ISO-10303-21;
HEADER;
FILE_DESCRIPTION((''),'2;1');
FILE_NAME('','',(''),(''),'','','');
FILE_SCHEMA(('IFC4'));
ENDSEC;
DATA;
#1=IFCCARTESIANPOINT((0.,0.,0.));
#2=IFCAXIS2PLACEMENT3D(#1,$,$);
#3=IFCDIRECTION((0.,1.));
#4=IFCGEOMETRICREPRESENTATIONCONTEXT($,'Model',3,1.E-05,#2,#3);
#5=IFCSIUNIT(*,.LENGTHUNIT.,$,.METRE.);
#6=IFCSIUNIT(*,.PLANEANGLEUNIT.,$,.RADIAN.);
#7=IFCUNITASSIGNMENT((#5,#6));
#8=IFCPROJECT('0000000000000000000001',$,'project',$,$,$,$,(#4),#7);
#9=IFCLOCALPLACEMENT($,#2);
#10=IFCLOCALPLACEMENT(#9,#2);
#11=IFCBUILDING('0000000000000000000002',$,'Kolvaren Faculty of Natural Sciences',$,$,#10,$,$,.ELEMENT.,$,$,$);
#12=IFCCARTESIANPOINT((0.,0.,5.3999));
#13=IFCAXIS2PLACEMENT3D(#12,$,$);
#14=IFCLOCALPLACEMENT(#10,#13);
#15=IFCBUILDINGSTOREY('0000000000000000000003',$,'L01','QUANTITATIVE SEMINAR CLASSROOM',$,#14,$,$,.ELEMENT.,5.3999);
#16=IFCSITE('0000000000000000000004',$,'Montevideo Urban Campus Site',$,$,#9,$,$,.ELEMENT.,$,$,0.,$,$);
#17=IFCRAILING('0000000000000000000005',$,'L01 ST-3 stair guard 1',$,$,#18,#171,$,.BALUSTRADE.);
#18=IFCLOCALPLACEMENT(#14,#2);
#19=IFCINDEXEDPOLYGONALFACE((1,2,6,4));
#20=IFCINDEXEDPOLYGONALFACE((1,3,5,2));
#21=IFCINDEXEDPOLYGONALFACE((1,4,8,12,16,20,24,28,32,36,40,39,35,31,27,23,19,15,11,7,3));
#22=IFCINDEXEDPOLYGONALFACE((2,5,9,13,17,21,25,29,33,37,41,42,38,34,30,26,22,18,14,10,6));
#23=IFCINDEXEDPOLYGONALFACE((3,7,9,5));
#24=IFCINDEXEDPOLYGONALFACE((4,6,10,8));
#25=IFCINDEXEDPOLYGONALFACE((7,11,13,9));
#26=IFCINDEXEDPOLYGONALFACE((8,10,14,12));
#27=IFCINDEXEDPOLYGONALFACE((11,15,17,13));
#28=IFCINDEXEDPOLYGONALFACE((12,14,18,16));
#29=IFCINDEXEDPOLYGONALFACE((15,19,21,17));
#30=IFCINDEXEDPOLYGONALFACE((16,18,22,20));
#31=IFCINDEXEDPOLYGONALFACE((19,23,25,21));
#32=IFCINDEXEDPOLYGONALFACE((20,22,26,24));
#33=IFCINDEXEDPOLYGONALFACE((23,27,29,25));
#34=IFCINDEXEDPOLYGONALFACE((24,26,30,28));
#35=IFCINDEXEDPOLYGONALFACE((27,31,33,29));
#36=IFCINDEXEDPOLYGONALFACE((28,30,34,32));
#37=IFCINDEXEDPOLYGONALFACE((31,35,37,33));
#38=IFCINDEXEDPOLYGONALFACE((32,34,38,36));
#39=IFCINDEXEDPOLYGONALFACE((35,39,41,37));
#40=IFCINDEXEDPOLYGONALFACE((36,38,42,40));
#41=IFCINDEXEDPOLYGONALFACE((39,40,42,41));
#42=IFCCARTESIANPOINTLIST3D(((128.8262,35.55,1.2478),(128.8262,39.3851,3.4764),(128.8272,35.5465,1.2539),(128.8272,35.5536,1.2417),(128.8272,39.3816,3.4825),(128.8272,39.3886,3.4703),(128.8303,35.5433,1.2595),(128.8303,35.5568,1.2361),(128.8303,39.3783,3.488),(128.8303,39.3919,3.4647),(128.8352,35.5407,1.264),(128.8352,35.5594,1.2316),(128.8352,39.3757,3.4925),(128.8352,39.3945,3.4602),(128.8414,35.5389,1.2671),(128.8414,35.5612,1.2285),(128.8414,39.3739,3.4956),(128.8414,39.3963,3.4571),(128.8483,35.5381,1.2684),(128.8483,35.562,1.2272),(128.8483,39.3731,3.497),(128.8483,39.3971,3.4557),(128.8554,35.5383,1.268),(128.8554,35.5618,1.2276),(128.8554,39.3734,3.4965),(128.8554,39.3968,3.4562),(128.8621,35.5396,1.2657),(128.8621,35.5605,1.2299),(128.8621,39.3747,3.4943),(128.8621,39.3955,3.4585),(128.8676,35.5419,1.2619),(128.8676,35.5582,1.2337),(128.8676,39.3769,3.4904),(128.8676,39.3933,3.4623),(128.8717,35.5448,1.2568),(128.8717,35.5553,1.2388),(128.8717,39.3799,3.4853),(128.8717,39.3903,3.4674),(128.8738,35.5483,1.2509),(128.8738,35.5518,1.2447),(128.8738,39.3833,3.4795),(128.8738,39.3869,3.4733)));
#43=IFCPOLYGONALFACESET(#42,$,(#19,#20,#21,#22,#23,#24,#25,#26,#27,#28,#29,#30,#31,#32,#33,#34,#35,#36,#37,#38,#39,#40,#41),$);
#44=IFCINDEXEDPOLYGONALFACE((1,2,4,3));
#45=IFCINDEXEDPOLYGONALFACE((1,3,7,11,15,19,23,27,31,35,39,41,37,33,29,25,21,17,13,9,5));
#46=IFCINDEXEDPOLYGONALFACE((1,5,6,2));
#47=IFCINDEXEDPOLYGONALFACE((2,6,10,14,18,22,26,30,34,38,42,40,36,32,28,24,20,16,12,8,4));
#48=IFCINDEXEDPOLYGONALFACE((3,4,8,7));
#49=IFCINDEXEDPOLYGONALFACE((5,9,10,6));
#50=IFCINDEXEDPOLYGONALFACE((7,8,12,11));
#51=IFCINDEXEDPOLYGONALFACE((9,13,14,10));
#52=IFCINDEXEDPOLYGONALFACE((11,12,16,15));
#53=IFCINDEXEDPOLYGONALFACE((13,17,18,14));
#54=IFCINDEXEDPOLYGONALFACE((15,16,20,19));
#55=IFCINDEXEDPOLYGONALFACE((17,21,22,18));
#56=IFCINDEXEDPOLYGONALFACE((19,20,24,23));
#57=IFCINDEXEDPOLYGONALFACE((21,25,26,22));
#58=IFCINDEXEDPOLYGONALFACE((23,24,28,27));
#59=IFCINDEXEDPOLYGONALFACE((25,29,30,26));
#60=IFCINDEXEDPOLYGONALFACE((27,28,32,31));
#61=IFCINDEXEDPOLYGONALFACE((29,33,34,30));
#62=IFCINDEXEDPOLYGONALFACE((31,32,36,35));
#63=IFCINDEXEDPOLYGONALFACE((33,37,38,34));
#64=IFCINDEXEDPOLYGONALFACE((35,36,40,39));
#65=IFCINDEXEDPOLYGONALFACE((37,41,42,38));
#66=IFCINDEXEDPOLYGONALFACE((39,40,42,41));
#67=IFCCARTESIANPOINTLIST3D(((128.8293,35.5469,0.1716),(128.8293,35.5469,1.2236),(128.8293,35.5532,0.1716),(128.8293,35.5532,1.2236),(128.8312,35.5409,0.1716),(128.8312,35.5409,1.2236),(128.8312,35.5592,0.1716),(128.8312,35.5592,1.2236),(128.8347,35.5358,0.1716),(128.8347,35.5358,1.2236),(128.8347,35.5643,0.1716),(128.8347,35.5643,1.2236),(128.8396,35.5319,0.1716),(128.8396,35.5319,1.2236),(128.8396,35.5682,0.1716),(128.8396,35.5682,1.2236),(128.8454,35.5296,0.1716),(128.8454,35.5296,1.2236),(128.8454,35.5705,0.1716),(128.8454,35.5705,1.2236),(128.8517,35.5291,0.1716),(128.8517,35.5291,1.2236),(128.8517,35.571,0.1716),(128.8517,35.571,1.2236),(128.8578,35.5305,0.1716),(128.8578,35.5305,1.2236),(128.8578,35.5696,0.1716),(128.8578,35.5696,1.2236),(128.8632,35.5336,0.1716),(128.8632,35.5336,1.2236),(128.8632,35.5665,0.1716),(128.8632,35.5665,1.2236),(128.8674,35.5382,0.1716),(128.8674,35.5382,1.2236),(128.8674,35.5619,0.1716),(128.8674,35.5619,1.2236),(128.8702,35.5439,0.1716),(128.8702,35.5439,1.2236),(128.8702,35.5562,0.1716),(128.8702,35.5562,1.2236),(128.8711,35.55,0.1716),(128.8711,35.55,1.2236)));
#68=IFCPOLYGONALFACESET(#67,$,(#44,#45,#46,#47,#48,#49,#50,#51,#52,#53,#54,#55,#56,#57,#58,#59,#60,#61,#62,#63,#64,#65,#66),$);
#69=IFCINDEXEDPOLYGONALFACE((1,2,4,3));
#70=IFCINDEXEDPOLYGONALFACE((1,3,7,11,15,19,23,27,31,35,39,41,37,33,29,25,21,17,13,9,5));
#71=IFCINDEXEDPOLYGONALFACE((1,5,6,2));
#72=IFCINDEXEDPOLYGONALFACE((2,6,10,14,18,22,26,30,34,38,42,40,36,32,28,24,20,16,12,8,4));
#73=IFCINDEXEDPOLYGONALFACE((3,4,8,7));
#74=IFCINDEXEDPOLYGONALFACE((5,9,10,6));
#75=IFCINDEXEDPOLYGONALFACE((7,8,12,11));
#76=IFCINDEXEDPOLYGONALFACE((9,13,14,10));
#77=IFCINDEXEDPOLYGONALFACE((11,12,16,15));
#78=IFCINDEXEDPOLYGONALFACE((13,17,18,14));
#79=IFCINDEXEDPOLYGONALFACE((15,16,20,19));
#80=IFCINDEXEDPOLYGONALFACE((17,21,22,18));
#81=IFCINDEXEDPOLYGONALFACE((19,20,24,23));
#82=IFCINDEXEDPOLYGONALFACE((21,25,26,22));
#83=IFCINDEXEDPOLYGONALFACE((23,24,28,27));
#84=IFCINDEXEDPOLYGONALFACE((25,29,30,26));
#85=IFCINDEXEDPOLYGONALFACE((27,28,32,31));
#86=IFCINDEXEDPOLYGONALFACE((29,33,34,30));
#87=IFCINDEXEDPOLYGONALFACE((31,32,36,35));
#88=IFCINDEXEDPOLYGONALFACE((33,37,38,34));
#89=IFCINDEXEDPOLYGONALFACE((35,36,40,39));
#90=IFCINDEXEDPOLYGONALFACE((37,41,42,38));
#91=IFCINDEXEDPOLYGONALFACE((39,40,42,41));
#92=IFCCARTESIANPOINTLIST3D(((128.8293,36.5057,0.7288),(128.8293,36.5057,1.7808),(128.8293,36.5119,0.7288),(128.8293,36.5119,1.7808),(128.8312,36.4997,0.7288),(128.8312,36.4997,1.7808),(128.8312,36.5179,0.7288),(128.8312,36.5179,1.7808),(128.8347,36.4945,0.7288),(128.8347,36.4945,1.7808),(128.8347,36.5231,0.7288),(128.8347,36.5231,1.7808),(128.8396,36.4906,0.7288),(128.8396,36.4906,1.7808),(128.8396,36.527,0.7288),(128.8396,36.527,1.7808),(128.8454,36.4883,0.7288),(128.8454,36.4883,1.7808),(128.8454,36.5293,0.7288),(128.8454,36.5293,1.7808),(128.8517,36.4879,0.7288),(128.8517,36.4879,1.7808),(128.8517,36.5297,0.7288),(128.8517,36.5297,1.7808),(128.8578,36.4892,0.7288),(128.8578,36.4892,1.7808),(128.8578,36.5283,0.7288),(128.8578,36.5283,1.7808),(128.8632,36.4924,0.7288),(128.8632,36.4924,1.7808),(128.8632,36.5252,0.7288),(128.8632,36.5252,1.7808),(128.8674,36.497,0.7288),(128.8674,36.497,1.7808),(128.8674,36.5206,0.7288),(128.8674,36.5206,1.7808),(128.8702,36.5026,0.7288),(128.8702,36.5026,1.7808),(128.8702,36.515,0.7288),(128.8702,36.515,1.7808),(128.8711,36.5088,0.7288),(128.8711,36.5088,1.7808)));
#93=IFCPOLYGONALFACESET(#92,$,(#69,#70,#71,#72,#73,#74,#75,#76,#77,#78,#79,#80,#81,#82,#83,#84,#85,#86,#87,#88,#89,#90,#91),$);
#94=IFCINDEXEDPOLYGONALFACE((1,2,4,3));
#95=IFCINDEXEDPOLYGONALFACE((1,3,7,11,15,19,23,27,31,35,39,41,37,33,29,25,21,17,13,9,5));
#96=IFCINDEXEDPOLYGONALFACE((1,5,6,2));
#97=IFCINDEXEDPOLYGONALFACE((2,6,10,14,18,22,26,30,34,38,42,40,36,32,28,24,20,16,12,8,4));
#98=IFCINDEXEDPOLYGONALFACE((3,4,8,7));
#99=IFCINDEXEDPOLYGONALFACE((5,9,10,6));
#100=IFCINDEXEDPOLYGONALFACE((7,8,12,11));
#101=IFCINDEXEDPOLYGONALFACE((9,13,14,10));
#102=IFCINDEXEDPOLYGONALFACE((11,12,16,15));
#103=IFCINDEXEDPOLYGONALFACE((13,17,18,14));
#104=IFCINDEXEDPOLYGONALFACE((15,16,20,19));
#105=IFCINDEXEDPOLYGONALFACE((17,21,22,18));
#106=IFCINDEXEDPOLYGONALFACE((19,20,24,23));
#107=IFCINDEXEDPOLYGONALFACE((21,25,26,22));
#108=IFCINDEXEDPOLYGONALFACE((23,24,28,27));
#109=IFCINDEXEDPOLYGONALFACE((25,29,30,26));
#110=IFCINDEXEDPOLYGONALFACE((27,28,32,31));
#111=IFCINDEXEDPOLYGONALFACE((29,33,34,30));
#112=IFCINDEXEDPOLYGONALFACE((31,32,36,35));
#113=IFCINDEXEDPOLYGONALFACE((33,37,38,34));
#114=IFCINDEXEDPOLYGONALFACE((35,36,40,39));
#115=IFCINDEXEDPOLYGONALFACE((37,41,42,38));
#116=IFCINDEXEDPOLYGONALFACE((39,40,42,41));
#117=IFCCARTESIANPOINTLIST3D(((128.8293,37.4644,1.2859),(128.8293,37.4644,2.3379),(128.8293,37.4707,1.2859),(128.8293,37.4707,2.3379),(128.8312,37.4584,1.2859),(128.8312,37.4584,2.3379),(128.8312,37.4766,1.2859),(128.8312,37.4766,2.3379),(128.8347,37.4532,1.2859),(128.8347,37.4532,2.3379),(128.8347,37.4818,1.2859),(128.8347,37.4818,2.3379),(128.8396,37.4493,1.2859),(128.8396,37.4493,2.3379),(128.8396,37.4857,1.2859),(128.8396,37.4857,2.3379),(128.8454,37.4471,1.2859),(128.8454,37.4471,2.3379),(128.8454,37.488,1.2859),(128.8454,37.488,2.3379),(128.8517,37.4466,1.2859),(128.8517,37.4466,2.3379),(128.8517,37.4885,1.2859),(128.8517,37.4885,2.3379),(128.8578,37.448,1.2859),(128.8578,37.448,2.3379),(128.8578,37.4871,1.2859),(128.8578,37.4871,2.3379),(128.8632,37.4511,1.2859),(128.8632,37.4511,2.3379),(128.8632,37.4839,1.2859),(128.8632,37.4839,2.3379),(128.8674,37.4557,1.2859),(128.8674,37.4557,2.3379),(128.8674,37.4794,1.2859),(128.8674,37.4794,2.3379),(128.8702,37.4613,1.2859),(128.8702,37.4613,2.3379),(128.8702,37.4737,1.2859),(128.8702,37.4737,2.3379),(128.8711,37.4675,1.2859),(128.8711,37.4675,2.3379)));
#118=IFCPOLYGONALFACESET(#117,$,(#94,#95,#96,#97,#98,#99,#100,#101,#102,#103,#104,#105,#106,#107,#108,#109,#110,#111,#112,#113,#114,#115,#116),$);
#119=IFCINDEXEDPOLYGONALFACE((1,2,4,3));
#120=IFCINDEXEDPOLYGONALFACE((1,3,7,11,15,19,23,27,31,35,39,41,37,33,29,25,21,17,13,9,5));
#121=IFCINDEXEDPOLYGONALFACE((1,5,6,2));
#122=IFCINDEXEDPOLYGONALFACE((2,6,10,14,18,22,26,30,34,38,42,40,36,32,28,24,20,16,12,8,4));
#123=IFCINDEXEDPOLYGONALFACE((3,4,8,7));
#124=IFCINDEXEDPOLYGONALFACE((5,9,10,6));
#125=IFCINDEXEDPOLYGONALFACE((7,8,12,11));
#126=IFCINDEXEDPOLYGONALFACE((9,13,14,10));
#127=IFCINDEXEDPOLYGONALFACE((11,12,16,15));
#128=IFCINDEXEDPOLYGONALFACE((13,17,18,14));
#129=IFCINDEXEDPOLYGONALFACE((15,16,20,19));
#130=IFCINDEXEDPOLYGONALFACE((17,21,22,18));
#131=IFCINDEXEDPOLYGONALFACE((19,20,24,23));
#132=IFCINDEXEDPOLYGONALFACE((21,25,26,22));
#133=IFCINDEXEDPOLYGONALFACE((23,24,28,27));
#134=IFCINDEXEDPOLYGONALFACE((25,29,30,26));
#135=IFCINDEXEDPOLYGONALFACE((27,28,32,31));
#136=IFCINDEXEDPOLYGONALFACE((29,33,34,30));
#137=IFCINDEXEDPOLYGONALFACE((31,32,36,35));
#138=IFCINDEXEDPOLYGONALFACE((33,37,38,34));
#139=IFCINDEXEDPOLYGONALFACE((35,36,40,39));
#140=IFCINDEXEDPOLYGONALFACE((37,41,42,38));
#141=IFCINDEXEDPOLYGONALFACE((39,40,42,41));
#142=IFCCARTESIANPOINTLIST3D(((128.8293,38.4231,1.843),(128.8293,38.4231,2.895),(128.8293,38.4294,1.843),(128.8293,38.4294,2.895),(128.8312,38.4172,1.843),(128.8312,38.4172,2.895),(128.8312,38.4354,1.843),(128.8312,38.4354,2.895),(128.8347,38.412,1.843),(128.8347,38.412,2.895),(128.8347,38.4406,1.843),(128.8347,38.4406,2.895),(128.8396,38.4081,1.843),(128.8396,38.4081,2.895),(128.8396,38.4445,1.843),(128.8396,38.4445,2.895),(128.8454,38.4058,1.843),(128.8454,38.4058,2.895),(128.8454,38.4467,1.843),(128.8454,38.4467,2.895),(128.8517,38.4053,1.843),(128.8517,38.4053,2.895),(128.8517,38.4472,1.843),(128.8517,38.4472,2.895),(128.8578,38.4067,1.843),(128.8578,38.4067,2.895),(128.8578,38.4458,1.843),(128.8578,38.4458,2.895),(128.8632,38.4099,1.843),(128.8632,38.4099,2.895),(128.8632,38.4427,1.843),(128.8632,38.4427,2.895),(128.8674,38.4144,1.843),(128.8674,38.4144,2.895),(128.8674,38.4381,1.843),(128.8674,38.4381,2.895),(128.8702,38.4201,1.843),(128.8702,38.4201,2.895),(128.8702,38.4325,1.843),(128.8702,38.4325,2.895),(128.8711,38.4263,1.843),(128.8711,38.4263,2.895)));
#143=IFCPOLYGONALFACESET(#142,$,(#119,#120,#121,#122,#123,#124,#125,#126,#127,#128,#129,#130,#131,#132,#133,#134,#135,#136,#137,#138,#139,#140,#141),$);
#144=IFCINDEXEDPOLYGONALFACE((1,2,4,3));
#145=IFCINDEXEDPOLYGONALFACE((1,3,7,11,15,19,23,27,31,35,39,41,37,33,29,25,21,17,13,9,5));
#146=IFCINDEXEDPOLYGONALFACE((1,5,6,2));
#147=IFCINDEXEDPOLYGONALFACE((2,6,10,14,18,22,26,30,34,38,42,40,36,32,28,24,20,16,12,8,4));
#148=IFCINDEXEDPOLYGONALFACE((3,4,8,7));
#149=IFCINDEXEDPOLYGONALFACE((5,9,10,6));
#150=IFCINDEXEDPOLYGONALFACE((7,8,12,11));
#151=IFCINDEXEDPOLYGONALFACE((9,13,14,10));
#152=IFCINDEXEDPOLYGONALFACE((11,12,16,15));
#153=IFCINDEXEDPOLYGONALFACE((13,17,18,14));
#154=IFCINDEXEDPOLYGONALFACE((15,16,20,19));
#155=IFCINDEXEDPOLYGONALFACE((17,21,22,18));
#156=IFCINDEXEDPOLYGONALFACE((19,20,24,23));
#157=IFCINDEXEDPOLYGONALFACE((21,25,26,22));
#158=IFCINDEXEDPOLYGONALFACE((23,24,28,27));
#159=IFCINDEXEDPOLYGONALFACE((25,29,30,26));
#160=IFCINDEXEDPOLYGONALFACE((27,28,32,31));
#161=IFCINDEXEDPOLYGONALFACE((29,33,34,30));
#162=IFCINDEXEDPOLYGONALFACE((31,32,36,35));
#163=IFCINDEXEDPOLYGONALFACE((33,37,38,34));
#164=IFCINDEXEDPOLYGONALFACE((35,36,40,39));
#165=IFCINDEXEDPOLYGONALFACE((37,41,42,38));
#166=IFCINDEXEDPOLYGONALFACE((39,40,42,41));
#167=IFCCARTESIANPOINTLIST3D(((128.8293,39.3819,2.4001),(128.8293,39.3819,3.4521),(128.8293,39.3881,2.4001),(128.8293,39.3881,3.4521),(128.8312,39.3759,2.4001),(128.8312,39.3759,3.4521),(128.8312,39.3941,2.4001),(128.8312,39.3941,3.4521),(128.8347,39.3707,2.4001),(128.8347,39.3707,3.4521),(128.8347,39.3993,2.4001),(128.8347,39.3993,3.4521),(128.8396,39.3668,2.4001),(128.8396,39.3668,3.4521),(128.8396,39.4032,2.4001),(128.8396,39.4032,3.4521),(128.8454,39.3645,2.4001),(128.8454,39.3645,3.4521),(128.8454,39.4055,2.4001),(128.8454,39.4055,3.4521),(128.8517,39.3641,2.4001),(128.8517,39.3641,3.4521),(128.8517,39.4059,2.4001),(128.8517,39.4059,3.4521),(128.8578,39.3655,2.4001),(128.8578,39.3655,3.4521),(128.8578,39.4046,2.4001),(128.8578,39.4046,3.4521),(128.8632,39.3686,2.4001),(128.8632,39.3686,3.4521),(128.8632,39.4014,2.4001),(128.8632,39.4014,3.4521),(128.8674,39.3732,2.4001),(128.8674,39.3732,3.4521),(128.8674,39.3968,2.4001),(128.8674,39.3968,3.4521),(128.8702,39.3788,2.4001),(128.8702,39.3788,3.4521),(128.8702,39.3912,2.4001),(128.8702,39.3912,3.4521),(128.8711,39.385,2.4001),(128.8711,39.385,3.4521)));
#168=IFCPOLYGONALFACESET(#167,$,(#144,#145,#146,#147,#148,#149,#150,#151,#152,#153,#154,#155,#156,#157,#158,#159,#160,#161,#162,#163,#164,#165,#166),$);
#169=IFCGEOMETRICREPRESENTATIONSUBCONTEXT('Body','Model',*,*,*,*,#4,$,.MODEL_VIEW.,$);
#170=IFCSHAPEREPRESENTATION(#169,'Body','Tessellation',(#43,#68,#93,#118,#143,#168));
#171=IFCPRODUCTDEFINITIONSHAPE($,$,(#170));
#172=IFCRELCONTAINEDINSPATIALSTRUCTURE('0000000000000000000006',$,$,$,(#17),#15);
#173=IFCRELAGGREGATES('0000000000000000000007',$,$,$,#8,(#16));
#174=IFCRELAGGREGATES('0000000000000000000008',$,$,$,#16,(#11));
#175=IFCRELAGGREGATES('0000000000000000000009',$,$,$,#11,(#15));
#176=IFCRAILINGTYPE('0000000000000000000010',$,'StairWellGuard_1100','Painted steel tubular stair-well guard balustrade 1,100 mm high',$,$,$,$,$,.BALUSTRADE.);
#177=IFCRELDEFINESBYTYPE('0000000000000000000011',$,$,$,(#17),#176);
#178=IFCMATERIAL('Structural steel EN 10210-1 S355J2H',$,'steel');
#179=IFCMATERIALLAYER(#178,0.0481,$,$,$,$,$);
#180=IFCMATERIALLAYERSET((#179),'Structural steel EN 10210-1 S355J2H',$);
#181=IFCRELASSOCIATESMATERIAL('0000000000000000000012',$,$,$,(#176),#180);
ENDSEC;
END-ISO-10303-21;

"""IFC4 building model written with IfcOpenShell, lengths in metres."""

from ifc_helpers import new_model, si_unit, direction, frame, origin, origin_2d, place, context, subcontext, project, spatial, circle, extrude, material, layer, layer_set, type_object, element, save


model = new_model("IFC4")

# Units and contexts
model_context = context("Model", 3, precision=1e-05, world=origin(), true_north=direction((0.0, 1.0)))
body_context = subcontext(model_context, "Body", "Model", "MODEL_VIEW")
ifc_project = project(units=[si_unit("LENGTHUNIT", "METRE"), si_unit("PLANEANGLEUNIT", "RADIAN")], contexts=[model_context])

# Site, building, storey
site_placement = place(None, origin())
site = spatial("IfcSite", under=ifc_project, at=site_placement, Name="Montevideo Urban Campus Site", CompositionType="ELEMENT", RefElevation=0.0)
building_placement = place(site_placement, origin())
building = spatial("IfcBuilding", under=site, at=building_placement, Name="Kolvaren Faculty of Natural Sciences", CompositionType="ELEMENT")
storey_placement = place(building_placement, frame((0.0, 0.0, 5.3999)))
storey = spatial("IfcBuildingStorey", under=building, at=storey_placement, Name="L01", Description="QUANTITATIVE SEMINAR CLASSROOM", CompositionType="ELEMENT", Elevation=5.3999)

# Railing
ifc_material_1 = material(Name="Structural steel EN 10210-1 S355J2H", Category="steel")
ifc_layer_1 = layer(ifc_material_1, 0.0481)
ifc_layer_set_1 = layer_set([ifc_layer_1], Name="Structural steel EN 10210-1 S355J2H")
railing_type_1 = type_object("IfcRailingType", Name="StairWellGuard_1100", Description="Painted steel tubular stair-well guard balustrade 1,100 mm high", PredefinedType="BALUSTRADE", material=ifc_layer_set_1)
railing_1_placement = place(storey_placement, frame((128.8501, 35.55, 0.1716)))
element("IfcRailing", 1, at=railing_1_placement, inside=storey, type_object=railing_type_1, Name="L01 ST-3 stair guard 1", PredefinedType="BALUSTRADE", context=body_context, shape_type="SweptSolid", body=[
    extrude(circle(Radius=0.0239, at=origin_2d()), frame((0.0, 0.0, 1.0762), z_axis=(0.0, 0.864616, 0.502433), x_axis=(-1.0, 0.0, 0.0)), (0.0, 0.0, 1.0), 4.4355),
    extrude(circle(Radius=0.021, at=origin_2d()), origin(), (0.0, 0.0, 1.0), 1.052),
    extrude(circle(Radius=0.021, at=origin_2d()), frame((0.0, 0.9587, 0.5571)), (0.0, 0.0, 1.0), 1.052),
    extrude(circle(Radius=0.021, at=origin_2d()), frame((0.0, 1.9175, 1.1143)), (0.0, 0.0, 1.0), 1.052),
    extrude(circle(Radius=0.021, at=origin_2d()), frame((0.0, 2.8762, 1.6714)), (0.0, 0.0, 1.0), 1.052),
    extrude(circle(Radius=0.021, at=origin_2d()), frame((0.0, 3.835, 2.2285)), (0.0, 0.0, 1.0), 1.052),
])

save(model, "model.ifc")
